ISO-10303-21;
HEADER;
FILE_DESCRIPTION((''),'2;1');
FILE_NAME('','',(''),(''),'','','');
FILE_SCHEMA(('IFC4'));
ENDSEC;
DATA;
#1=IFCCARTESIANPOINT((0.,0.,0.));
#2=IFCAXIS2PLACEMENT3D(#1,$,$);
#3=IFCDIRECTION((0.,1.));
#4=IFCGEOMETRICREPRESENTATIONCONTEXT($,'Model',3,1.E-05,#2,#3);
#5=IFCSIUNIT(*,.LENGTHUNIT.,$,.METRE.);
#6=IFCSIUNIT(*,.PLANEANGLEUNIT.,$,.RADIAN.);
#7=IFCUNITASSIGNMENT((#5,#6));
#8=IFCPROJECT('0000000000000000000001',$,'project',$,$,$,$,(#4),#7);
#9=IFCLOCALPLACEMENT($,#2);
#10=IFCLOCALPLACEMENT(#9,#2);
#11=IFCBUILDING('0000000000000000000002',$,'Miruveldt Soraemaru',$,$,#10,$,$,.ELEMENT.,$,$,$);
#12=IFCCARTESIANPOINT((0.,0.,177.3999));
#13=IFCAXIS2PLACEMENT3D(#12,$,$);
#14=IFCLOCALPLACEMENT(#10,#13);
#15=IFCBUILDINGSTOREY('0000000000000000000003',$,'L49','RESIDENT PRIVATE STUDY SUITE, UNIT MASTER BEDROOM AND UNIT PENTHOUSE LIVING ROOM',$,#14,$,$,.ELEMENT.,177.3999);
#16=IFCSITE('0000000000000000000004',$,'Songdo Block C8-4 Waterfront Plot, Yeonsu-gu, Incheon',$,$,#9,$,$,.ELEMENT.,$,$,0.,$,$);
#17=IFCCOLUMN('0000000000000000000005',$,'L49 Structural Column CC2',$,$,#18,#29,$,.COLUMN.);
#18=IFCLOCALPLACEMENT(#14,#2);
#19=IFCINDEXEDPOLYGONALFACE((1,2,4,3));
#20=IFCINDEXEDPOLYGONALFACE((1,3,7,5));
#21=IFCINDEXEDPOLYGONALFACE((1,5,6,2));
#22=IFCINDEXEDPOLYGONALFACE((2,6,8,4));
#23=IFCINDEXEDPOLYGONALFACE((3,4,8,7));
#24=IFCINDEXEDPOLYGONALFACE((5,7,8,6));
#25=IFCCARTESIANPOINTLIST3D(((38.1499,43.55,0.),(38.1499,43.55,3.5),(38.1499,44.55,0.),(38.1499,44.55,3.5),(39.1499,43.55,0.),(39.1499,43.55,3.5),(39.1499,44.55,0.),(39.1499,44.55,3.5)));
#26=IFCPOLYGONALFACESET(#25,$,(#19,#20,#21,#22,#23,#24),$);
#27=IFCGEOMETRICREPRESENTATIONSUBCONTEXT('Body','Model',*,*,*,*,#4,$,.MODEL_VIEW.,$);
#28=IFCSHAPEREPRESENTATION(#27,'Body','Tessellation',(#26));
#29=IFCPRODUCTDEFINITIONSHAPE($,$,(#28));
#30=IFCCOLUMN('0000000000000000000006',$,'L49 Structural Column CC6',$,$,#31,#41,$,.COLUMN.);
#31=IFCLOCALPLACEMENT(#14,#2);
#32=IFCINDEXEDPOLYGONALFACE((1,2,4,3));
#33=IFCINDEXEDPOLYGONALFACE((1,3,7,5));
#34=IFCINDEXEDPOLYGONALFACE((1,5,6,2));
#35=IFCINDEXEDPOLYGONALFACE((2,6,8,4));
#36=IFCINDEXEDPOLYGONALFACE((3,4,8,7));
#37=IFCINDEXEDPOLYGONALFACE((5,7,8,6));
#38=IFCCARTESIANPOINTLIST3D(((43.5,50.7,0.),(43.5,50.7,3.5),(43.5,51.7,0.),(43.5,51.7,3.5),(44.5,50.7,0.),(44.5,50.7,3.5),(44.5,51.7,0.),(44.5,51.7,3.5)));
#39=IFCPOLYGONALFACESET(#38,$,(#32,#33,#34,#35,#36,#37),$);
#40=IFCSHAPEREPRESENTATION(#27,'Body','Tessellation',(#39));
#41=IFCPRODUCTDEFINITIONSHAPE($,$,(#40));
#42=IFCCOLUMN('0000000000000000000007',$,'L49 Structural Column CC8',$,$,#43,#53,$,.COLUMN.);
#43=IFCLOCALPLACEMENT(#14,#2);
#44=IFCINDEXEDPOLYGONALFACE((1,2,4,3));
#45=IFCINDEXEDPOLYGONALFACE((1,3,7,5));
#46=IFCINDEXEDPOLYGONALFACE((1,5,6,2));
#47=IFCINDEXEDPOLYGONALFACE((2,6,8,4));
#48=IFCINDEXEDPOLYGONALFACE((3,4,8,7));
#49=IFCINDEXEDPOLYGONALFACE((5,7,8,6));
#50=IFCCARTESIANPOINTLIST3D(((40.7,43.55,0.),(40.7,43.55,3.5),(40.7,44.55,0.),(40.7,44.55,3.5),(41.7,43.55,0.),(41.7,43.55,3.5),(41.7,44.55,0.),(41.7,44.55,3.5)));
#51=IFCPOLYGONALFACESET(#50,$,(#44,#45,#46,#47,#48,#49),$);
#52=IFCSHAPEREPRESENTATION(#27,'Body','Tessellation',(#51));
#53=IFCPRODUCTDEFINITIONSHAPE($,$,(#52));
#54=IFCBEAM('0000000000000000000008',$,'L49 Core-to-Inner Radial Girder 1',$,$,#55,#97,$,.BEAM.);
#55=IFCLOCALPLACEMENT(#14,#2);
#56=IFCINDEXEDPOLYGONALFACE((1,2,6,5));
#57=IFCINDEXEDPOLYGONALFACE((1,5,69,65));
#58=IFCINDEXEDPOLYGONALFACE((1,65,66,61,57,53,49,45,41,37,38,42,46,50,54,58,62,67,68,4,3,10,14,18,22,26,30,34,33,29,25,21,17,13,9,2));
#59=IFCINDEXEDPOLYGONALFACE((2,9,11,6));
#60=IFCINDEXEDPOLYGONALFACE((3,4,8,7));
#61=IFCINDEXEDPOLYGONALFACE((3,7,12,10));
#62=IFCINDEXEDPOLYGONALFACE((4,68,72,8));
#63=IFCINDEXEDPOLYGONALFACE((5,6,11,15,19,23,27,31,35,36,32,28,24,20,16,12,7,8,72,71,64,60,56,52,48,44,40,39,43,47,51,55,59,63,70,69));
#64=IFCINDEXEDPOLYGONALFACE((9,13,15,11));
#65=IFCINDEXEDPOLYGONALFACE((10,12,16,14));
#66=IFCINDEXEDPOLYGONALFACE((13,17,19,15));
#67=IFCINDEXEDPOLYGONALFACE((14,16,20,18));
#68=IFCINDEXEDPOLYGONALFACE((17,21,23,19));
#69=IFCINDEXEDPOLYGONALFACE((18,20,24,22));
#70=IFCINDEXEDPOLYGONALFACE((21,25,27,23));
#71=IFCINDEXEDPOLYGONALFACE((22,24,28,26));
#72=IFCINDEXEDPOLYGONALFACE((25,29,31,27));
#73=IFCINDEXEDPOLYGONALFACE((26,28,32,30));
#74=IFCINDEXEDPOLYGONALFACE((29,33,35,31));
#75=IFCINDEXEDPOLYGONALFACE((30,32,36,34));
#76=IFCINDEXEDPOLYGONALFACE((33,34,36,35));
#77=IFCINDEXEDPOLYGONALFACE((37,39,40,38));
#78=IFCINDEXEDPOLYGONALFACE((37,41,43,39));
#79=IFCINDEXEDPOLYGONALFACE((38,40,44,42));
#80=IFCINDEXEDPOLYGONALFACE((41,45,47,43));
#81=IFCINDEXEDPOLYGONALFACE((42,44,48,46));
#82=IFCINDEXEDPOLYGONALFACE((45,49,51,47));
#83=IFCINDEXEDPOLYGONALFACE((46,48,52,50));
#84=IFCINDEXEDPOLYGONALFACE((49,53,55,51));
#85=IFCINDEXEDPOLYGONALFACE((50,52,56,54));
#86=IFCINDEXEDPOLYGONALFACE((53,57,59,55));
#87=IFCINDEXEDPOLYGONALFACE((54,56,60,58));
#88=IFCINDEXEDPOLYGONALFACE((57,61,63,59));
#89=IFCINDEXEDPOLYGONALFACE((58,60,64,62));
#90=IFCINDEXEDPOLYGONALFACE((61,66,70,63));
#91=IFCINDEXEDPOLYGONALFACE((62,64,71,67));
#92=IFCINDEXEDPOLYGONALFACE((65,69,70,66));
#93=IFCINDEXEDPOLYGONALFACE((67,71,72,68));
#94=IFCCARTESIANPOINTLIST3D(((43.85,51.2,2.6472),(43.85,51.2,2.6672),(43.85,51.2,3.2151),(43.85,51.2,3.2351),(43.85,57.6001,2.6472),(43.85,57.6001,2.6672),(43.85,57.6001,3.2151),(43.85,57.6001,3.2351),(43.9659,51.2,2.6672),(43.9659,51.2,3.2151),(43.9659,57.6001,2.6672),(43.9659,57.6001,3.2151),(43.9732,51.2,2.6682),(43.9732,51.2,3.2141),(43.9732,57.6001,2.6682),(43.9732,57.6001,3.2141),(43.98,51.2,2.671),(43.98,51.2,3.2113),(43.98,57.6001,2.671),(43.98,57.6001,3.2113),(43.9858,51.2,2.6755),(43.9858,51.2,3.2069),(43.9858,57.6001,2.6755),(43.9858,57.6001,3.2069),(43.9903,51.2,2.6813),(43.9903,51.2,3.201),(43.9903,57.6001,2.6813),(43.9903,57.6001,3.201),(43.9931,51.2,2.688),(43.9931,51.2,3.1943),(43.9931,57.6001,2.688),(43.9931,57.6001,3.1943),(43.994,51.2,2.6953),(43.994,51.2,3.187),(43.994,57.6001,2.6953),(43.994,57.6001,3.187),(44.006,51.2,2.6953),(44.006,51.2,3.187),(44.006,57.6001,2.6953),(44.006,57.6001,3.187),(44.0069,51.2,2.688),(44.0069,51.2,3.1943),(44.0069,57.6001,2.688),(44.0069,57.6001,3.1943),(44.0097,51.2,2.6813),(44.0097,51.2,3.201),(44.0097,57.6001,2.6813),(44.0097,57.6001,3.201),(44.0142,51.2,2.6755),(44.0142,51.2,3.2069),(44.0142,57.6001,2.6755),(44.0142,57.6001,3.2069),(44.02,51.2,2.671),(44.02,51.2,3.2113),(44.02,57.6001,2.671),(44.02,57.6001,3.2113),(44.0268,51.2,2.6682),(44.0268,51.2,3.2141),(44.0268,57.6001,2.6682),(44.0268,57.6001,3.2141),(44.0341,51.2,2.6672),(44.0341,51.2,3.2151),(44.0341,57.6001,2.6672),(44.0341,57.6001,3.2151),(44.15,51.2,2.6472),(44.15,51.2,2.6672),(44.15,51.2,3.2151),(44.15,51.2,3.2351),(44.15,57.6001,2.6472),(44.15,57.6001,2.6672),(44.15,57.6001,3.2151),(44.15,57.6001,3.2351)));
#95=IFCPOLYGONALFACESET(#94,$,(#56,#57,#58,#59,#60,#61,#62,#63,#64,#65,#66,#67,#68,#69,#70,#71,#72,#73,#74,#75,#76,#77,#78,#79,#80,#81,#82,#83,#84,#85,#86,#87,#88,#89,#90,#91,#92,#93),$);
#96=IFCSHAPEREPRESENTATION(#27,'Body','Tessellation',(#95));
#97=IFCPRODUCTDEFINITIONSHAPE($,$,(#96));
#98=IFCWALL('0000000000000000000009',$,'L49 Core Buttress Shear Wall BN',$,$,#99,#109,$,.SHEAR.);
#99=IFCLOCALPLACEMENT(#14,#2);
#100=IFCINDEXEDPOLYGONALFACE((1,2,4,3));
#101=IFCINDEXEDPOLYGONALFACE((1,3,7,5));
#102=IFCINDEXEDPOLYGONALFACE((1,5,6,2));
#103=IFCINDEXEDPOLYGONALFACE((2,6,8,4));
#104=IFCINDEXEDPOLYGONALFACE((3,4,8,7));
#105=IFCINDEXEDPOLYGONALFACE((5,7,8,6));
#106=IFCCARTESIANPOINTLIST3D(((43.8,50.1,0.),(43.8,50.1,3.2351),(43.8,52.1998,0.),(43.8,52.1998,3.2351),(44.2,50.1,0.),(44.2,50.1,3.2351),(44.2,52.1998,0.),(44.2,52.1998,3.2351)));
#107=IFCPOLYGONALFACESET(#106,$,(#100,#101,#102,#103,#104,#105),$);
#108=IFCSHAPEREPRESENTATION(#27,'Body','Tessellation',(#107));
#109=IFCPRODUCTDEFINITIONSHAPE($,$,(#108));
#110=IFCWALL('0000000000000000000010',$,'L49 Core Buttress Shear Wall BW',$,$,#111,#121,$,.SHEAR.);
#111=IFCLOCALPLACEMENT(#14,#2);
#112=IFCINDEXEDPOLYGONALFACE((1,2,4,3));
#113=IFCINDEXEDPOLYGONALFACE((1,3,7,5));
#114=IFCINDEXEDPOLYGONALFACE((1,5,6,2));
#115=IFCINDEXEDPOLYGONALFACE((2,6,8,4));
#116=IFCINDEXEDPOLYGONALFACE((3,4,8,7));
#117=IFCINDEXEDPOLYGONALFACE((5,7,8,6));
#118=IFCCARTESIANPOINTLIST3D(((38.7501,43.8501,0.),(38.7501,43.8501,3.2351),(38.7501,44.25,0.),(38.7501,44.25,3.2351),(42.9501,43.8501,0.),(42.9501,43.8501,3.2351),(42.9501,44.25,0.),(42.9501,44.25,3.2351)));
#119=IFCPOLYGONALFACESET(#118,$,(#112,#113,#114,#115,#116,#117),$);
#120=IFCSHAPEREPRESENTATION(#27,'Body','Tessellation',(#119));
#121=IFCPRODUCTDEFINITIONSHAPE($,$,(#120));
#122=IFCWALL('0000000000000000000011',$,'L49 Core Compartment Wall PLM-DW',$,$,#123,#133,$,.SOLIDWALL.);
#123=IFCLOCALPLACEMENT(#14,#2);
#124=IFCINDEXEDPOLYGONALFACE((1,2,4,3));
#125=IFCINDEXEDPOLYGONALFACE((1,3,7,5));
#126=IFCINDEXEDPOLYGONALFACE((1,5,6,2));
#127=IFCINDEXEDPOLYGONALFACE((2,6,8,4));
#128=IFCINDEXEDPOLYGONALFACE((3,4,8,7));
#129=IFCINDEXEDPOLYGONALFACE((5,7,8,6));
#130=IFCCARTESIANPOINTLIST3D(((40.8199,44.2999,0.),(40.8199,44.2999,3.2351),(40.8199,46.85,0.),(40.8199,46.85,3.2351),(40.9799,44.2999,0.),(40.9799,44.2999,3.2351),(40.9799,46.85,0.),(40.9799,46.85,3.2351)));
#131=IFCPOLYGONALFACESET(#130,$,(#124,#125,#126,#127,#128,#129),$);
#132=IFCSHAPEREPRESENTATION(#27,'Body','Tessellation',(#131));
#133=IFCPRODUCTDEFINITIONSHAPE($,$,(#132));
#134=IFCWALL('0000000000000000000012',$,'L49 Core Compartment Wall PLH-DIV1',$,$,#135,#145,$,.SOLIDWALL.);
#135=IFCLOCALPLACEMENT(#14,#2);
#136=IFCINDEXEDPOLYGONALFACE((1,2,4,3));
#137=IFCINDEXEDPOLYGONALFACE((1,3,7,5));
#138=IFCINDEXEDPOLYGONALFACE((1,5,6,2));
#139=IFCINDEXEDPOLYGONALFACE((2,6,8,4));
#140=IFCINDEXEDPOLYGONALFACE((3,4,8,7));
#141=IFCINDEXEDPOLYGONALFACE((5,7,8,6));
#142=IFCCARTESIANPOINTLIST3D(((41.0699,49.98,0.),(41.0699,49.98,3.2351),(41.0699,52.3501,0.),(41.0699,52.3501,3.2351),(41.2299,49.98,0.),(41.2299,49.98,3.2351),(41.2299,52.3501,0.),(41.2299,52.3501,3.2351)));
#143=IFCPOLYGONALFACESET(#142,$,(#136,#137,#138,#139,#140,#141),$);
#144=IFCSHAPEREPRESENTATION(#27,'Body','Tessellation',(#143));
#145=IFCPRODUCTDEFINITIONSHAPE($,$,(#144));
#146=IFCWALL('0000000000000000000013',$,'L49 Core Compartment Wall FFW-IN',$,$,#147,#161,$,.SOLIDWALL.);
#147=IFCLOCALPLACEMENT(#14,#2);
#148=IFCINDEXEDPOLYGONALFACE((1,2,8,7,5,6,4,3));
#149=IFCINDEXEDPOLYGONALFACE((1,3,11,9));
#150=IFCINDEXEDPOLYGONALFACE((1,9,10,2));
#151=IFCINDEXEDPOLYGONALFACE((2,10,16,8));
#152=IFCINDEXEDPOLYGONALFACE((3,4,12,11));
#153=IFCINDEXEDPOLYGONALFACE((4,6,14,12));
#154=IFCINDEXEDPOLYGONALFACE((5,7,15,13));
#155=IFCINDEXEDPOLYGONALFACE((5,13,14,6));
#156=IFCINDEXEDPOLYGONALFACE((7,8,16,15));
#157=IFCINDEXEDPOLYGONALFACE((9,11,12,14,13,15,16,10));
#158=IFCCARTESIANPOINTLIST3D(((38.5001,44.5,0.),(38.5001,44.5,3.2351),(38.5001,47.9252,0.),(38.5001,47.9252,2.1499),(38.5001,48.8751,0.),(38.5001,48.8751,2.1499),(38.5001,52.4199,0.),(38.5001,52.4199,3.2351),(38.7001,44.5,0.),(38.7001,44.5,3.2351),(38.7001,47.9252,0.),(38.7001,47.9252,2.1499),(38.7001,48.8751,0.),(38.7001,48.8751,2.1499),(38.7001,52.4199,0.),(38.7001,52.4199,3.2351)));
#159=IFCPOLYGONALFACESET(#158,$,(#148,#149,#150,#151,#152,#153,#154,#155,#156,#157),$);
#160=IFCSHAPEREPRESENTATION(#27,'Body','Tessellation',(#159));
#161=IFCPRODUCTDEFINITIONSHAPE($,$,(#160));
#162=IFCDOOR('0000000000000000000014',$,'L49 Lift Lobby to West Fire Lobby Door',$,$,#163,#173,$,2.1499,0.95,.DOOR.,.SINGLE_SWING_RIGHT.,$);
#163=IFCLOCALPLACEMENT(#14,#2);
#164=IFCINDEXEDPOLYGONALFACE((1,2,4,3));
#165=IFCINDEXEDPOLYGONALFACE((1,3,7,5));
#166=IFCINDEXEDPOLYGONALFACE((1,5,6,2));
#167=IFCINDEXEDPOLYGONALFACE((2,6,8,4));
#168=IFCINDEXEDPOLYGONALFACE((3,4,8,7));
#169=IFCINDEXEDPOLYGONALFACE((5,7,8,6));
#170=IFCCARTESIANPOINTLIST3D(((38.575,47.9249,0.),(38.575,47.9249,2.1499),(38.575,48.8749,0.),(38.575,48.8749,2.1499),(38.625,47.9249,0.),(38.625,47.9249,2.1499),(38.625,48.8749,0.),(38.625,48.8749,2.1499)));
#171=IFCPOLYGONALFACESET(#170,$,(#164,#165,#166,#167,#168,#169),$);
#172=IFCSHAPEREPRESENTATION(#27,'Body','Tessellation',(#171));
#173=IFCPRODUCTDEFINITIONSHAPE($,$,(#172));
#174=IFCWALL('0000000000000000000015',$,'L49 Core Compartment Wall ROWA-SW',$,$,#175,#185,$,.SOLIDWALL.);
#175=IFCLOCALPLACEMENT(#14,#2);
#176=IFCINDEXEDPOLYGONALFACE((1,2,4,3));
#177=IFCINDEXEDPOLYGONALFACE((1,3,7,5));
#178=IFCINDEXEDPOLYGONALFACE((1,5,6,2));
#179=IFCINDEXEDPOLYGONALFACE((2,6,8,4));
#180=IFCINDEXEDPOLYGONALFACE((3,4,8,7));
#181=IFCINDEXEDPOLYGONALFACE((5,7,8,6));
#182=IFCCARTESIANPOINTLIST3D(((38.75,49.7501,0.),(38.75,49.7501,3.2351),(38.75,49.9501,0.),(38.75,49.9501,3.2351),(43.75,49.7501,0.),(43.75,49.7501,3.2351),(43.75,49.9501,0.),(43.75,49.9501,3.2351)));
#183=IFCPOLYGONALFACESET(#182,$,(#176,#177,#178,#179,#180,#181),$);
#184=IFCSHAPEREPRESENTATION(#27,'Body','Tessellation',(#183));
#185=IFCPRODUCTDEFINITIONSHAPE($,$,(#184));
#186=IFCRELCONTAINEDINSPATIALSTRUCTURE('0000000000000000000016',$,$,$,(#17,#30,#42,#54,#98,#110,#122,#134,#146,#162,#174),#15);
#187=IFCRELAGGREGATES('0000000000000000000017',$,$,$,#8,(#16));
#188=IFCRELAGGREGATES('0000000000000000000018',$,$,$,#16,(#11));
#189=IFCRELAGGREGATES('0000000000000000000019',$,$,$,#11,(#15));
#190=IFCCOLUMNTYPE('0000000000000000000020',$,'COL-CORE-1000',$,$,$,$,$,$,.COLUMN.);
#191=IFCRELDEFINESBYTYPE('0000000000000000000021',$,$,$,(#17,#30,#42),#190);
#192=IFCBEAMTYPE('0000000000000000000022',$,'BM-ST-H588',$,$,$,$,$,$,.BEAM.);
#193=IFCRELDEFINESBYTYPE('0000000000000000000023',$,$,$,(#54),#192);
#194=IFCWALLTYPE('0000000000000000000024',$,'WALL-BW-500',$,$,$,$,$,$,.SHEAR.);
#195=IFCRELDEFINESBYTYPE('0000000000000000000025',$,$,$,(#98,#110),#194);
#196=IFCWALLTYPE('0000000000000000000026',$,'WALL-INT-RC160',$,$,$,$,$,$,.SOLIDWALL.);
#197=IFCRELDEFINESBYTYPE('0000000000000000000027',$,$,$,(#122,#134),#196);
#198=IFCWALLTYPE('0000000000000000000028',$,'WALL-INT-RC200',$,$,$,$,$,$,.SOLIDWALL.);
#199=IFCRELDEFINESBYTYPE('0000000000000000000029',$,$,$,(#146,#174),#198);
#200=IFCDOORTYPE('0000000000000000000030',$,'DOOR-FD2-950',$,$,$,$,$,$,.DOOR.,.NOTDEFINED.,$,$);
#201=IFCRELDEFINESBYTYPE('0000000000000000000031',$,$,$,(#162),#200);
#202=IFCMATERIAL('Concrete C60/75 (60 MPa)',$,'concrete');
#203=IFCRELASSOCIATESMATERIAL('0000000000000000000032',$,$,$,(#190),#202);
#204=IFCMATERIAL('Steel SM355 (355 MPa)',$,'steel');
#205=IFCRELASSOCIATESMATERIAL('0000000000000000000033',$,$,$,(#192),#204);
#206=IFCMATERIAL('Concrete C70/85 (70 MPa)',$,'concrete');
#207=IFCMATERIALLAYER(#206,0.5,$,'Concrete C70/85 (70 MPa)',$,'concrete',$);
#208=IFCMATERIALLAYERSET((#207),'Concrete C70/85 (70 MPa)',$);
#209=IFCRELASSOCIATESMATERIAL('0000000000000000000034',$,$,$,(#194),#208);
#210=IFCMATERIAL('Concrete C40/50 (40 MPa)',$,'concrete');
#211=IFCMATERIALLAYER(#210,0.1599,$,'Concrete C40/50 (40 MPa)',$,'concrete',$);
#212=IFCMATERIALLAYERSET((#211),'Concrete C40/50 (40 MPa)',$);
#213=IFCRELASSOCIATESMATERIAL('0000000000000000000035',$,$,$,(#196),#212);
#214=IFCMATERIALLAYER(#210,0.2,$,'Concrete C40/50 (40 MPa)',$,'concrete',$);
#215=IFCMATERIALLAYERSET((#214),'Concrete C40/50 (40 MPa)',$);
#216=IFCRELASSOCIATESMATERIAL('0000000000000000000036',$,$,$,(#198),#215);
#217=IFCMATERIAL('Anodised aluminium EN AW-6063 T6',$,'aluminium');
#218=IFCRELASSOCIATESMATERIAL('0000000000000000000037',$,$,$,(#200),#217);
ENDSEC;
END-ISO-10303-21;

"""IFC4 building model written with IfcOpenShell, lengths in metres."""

from ifc_helpers import new_model, si_unit, direction, frame, frame_2d, origin, origin_2d, place, context, subcontext, project, spatial, rectangle, i_section, extrude, material, layer, layer_set, material_profile, profile_set, type_object, element, fill, save


model = new_model("IFC4")

# Units and contexts
model_context = context("Model", 3, precision=1e-05, world=origin(), true_north=direction((0.0, 1.0)))
body_context = subcontext(model_context, "Body", "Model", "MODEL_VIEW")
ifc_project = project(units=[si_unit("LENGTHUNIT", "METRE"), si_unit("PLANEANGLEUNIT", "RADIAN")], contexts=[model_context])

# Site, building, storey
site_placement = place(None, origin())
site = spatial("IfcSite", under=ifc_project, at=site_placement, Name="Songdo Block C8-4 Waterfront Plot, Yeonsu-gu, Incheon", CompositionType="ELEMENT", RefElevation=0.0)
building_placement = place(site_placement, origin())
building = spatial("IfcBuilding", under=site, at=building_placement, Name="Miruveldt Soraemaru", CompositionType="ELEMENT")
storey_placement = place(building_placement, frame((0.0, 0.0, 177.3999)))
storey = spatial("IfcBuildingStorey", under=building, at=storey_placement, Name="L49", Description="RESIDENT PRIVATE STUDY SUITE, UNIT MASTER BEDROOM AND UNIT PENTHOUSE LIVING ROOM", CompositionType="ELEMENT", Elevation=177.3999)

# Columns
ifc_material_1 = material(Name="Concrete C60/75 (60 MPa)", Category="concrete")
ifc_material_profile_1 = material_profile(ifc_material_1, rectangle(XDim=1.0, YDim=1.0, at=origin_2d()), Name="Concrete C60/75 (60 MPa)", Category="concrete")
ifc_profile_set_1 = profile_set([ifc_material_profile_1], Name="Concrete C60/75 (60 MPa)")
column_type = type_object("IfcColumnType", Name="COL-CORE-1000", PredefinedType="COLUMN", material=ifc_profile_set_1)
for number, where, z_axis, x_axis, name in (
    (1, (38.6499, 44.05, 0.0), (0.0, 0.0, 1.0), (1.0, 0.0, 0.0), "L49 Structural Column CC2"),
    (2, (44.0, 51.2, 0.0), (0.0, 0.0, 1.0), (1.0, 0.0, 0.0), "L49 Structural Column CC6"),
    (3, (41.2, 44.05, 0.0), (0.0, 0.0, 1.0), (1.0, 0.0, 0.0), "L49 Structural Column CC8"),
):
    element("IfcColumn", number, at=place(storey_placement, frame(where, z_axis=z_axis, x_axis=x_axis)), inside=storey, type_object=column_type, Name=name, PredefinedType="COLUMN", context=body_context, shape_type="SweptSolid", body=[
        extrude(rectangle(XDim=1.0, YDim=1.0, at=origin_2d()), origin(), (0.0, 0.0, 1.0), 3.5),
    ])

# Beam
ifc_material_2 = material(Name="Steel SM355 (355 MPa)", Category="steel")
ifc_material_profile_2 = material_profile(ifc_material_2, i_section(OverallWidth=0.3, OverallDepth=0.5879, WebThickness=0.012, FlangeThickness=0.02, FilletRadius=0.0281, at=origin_2d()), Name="Steel SM355 (355 MPa)", Category="steel")
ifc_profile_set_2 = profile_set([ifc_material_profile_2], Name="Steel SM355 (355 MPa)")
beam_type = type_object("IfcBeamType", Name="BM-ST-H588", PredefinedType="BEAM", material=ifc_profile_set_2)
beam_placement = place(storey_placement, frame((44.0, 51.2, 2.9412), z_axis=(0.0, 1.0, 0.0), x_axis=(-1.0, 0.0, 0.0)))
element("IfcBeam", 4, at=beam_placement, inside=storey, type_object=beam_type, Name="L49 Core-to-Inner Radial Girder 1", PredefinedType="BEAM", context=body_context, shape_type="SweptSolid", body=[
    extrude(i_section(OverallWidth=0.3, OverallDepth=0.5879, WebThickness=0.012, FlangeThickness=0.02, FilletRadius=0.0281, at=origin_2d()), origin(), (0.0, 0.0, 1.0), 6.4001),
])

# Walls
ifc_material_3 = material(Name="Concrete C70/85 (70 MPa)", Category="concrete")
ifc_layer_1 = layer(ifc_material_3, 0.5, Name="Concrete C70/85 (70 MPa)", Category="concrete")
ifc_layer_set_1 = layer_set([ifc_layer_1], Name="Concrete C70/85 (70 MPa)")
wall_type_1 = type_object("IfcWallType", Name="WALL-BW-500", PredefinedType="SHEAR", material=ifc_layer_set_1)
wall_1_placement = place(storey_placement, frame((44.0, 50.1001, 0.0), z_axis=(0.0, 0.0, 1.0), x_axis=(0.0, 1.0, 0.0)))
element("IfcWall", 5, at=wall_1_placement, inside=storey, type_object=wall_type_1, Name="L49 Core Buttress Shear Wall BN", PredefinedType="SHEAR", context=body_context, shape_type="SweptSolid", body=[
    extrude(rectangle(XDim=2.0999, YDim=0.3999, at=frame_2d((1.0498, 0.0))), origin(), (0.0, 0.0, 1.0), 3.2351),
])
wall_2_placement = place(storey_placement, frame((38.75, 44.05, 0.0), z_axis=(0.0, 0.0, 1.0), x_axis=(1.0, 0.0, 0.0)))
element("IfcWall", 6, at=wall_2_placement, inside=storey, type_object=wall_type_1, Name="L49 Core Buttress Shear Wall BW", PredefinedType="SHEAR", context=body_context, shape_type="SweptSolid", body=[
    extrude(rectangle(XDim=4.2, YDim=0.3999, at=frame_2d((2.1001, 0.0))), origin(), (0.0, 0.0, 1.0), 3.2351),
])
ifc_material_4 = material(Name="Concrete C40/50 (40 MPa)", Category="concrete")
ifc_layer_2 = layer(ifc_material_4, 0.1599, Name="Concrete C40/50 (40 MPa)", Category="concrete")
ifc_layer_set_2 = layer_set([ifc_layer_2], Name="Concrete C40/50 (40 MPa)")
wall_type_2 = type_object("IfcWallType", Name="WALL-INT-RC160", PredefinedType="SOLIDWALL", material=ifc_layer_set_2)
wall_3_placement = place(storey_placement, frame((40.8999, 44.3, 0.0), z_axis=(0.0, 0.0, 1.0), x_axis=(0.0, 1.0, 0.0)))
element("IfcWall", 7, at=wall_3_placement, inside=storey, type_object=wall_type_2, Name="L49 Core Compartment Wall PLM-DW", PredefinedType="SOLIDWALL", context=body_context, shape_type="SweptSolid", body=[
    extrude(rectangle(XDim=2.55, YDim=0.1599, at=frame_2d((1.2749, 0.0))), origin(), (0.0, 0.0, 1.0), 3.2351),
])
wall_4_placement = place(storey_placement, frame((41.1499, 49.98, 0.0), z_axis=(0.0, 0.0, 1.0), x_axis=(0.0, 1.0, 0.0)))
element("IfcWall", 8, at=wall_4_placement, inside=storey, type_object=wall_type_2, Name="L49 Core Compartment Wall PLH-DIV1", PredefinedType="SOLIDWALL", context=body_context, shape_type="SweptSolid", body=[
    extrude(rectangle(XDim=2.3701, YDim=0.1599, at=frame_2d((1.1851, 0.0))), origin(), (0.0, 0.0, 1.0), 3.2351),
])

# Wall, opening, door
ifc_layer_3 = layer(ifc_material_4, 0.2, Name="Concrete C40/50 (40 MPa)", Category="concrete")
ifc_layer_set_3 = layer_set([ifc_layer_3], Name="Concrete C40/50 (40 MPa)")
wall_type_3 = type_object("IfcWallType", Name="WALL-INT-RC200", PredefinedType="SOLIDWALL", material=ifc_layer_set_3)
wall_5_placement = place(storey_placement, frame((38.6001, 44.5, 0.0), z_axis=(0.0, 0.0, 1.0), x_axis=(0.0, 1.0, 0.0)))
wall_5 = element("IfcWall", 9, at=wall_5_placement, inside=storey, type_object=wall_type_3, Name="L49 Core Compartment Wall FFW-IN", PredefinedType="SOLIDWALL", context=body_context, shape_type="SweptSolid", body=[
    extrude(rectangle(XDim=7.9199, YDim=0.2, at=frame_2d((3.96, 0.0))), origin(), (0.0, 0.0, 1.0), 3.2351),
])
opening_1_placement = place(wall_5_placement, frame((3.425, 0.0, 0.0)))
opening_1 = element("IfcOpeningElement", 10, at=opening_1_placement, cuts=wall_5, PredefinedType="OPENING", context=body_context, shape_type="SweptSolid", body=[
    extrude(rectangle(XDim=0.95, YDim=2.1499, at=frame_2d((0.4751, 1.075))), frame((0.0, 0.1099, 0.0), z_axis=(0.0, -1.0, 0.0), x_axis=(1.0, 0.0, 0.0)), (0.0, 0.0, 1.0), 0.22),
])
ifc_material_5 = material(Name="Anodised aluminium EN AW-6063 T6", Category="aluminium")
door_type_1 = type_object("IfcDoorType", Name="DOOR-FD2-950", OperationType="NOTDEFINED", PredefinedType="DOOR", material=ifc_material_5)
door_1_placement = place(opening_1_placement, frame((0.95, 0.0, 0.0), z_axis=(0.0, 0.0, 1.0), x_axis=(-1.0, 0.0, 0.0)))
door_1 = element("IfcDoor", 11, at=door_1_placement, inside=storey, type_object=door_type_1, Name="L49 Lift Lobby to West Fire Lobby Door", OperationType="SINGLE_SWING_RIGHT", OverallHeight=2.1499, OverallWidth=0.95, PredefinedType="DOOR", context=body_context, shape_type="SweptSolid", body=[
    extrude(rectangle(XDim=0.95, YDim=2.1499, at=frame_2d((0.4751, 1.075))), frame((0.0, 0.0249, 0.0), z_axis=(0.0, -1.0, 0.0), x_axis=(1.0, 0.0, 0.0)), (0.0, 0.0, 1.0), 0.05),
])
fill(opening_1, door_1)

# Wall
wall_6_placement = place(storey_placement, frame((38.75, 49.8501, 0.0), z_axis=(0.0, 0.0, 1.0), x_axis=(1.0, 0.0, 0.0)))
element("IfcWall", 12, at=wall_6_placement, inside=storey, type_object=wall_type_3, Name="L49 Core Compartment Wall ROWA-SW", PredefinedType="SOLIDWALL", context=body_context, shape_type="SweptSolid", body=[
    extrude(rectangle(XDim=5.0, YDim=0.2, at=frame_2d((2.5, 0.0))), origin(), (0.0, 0.0, 1.0), 3.2351),
])

save(model, "model.ifc")
